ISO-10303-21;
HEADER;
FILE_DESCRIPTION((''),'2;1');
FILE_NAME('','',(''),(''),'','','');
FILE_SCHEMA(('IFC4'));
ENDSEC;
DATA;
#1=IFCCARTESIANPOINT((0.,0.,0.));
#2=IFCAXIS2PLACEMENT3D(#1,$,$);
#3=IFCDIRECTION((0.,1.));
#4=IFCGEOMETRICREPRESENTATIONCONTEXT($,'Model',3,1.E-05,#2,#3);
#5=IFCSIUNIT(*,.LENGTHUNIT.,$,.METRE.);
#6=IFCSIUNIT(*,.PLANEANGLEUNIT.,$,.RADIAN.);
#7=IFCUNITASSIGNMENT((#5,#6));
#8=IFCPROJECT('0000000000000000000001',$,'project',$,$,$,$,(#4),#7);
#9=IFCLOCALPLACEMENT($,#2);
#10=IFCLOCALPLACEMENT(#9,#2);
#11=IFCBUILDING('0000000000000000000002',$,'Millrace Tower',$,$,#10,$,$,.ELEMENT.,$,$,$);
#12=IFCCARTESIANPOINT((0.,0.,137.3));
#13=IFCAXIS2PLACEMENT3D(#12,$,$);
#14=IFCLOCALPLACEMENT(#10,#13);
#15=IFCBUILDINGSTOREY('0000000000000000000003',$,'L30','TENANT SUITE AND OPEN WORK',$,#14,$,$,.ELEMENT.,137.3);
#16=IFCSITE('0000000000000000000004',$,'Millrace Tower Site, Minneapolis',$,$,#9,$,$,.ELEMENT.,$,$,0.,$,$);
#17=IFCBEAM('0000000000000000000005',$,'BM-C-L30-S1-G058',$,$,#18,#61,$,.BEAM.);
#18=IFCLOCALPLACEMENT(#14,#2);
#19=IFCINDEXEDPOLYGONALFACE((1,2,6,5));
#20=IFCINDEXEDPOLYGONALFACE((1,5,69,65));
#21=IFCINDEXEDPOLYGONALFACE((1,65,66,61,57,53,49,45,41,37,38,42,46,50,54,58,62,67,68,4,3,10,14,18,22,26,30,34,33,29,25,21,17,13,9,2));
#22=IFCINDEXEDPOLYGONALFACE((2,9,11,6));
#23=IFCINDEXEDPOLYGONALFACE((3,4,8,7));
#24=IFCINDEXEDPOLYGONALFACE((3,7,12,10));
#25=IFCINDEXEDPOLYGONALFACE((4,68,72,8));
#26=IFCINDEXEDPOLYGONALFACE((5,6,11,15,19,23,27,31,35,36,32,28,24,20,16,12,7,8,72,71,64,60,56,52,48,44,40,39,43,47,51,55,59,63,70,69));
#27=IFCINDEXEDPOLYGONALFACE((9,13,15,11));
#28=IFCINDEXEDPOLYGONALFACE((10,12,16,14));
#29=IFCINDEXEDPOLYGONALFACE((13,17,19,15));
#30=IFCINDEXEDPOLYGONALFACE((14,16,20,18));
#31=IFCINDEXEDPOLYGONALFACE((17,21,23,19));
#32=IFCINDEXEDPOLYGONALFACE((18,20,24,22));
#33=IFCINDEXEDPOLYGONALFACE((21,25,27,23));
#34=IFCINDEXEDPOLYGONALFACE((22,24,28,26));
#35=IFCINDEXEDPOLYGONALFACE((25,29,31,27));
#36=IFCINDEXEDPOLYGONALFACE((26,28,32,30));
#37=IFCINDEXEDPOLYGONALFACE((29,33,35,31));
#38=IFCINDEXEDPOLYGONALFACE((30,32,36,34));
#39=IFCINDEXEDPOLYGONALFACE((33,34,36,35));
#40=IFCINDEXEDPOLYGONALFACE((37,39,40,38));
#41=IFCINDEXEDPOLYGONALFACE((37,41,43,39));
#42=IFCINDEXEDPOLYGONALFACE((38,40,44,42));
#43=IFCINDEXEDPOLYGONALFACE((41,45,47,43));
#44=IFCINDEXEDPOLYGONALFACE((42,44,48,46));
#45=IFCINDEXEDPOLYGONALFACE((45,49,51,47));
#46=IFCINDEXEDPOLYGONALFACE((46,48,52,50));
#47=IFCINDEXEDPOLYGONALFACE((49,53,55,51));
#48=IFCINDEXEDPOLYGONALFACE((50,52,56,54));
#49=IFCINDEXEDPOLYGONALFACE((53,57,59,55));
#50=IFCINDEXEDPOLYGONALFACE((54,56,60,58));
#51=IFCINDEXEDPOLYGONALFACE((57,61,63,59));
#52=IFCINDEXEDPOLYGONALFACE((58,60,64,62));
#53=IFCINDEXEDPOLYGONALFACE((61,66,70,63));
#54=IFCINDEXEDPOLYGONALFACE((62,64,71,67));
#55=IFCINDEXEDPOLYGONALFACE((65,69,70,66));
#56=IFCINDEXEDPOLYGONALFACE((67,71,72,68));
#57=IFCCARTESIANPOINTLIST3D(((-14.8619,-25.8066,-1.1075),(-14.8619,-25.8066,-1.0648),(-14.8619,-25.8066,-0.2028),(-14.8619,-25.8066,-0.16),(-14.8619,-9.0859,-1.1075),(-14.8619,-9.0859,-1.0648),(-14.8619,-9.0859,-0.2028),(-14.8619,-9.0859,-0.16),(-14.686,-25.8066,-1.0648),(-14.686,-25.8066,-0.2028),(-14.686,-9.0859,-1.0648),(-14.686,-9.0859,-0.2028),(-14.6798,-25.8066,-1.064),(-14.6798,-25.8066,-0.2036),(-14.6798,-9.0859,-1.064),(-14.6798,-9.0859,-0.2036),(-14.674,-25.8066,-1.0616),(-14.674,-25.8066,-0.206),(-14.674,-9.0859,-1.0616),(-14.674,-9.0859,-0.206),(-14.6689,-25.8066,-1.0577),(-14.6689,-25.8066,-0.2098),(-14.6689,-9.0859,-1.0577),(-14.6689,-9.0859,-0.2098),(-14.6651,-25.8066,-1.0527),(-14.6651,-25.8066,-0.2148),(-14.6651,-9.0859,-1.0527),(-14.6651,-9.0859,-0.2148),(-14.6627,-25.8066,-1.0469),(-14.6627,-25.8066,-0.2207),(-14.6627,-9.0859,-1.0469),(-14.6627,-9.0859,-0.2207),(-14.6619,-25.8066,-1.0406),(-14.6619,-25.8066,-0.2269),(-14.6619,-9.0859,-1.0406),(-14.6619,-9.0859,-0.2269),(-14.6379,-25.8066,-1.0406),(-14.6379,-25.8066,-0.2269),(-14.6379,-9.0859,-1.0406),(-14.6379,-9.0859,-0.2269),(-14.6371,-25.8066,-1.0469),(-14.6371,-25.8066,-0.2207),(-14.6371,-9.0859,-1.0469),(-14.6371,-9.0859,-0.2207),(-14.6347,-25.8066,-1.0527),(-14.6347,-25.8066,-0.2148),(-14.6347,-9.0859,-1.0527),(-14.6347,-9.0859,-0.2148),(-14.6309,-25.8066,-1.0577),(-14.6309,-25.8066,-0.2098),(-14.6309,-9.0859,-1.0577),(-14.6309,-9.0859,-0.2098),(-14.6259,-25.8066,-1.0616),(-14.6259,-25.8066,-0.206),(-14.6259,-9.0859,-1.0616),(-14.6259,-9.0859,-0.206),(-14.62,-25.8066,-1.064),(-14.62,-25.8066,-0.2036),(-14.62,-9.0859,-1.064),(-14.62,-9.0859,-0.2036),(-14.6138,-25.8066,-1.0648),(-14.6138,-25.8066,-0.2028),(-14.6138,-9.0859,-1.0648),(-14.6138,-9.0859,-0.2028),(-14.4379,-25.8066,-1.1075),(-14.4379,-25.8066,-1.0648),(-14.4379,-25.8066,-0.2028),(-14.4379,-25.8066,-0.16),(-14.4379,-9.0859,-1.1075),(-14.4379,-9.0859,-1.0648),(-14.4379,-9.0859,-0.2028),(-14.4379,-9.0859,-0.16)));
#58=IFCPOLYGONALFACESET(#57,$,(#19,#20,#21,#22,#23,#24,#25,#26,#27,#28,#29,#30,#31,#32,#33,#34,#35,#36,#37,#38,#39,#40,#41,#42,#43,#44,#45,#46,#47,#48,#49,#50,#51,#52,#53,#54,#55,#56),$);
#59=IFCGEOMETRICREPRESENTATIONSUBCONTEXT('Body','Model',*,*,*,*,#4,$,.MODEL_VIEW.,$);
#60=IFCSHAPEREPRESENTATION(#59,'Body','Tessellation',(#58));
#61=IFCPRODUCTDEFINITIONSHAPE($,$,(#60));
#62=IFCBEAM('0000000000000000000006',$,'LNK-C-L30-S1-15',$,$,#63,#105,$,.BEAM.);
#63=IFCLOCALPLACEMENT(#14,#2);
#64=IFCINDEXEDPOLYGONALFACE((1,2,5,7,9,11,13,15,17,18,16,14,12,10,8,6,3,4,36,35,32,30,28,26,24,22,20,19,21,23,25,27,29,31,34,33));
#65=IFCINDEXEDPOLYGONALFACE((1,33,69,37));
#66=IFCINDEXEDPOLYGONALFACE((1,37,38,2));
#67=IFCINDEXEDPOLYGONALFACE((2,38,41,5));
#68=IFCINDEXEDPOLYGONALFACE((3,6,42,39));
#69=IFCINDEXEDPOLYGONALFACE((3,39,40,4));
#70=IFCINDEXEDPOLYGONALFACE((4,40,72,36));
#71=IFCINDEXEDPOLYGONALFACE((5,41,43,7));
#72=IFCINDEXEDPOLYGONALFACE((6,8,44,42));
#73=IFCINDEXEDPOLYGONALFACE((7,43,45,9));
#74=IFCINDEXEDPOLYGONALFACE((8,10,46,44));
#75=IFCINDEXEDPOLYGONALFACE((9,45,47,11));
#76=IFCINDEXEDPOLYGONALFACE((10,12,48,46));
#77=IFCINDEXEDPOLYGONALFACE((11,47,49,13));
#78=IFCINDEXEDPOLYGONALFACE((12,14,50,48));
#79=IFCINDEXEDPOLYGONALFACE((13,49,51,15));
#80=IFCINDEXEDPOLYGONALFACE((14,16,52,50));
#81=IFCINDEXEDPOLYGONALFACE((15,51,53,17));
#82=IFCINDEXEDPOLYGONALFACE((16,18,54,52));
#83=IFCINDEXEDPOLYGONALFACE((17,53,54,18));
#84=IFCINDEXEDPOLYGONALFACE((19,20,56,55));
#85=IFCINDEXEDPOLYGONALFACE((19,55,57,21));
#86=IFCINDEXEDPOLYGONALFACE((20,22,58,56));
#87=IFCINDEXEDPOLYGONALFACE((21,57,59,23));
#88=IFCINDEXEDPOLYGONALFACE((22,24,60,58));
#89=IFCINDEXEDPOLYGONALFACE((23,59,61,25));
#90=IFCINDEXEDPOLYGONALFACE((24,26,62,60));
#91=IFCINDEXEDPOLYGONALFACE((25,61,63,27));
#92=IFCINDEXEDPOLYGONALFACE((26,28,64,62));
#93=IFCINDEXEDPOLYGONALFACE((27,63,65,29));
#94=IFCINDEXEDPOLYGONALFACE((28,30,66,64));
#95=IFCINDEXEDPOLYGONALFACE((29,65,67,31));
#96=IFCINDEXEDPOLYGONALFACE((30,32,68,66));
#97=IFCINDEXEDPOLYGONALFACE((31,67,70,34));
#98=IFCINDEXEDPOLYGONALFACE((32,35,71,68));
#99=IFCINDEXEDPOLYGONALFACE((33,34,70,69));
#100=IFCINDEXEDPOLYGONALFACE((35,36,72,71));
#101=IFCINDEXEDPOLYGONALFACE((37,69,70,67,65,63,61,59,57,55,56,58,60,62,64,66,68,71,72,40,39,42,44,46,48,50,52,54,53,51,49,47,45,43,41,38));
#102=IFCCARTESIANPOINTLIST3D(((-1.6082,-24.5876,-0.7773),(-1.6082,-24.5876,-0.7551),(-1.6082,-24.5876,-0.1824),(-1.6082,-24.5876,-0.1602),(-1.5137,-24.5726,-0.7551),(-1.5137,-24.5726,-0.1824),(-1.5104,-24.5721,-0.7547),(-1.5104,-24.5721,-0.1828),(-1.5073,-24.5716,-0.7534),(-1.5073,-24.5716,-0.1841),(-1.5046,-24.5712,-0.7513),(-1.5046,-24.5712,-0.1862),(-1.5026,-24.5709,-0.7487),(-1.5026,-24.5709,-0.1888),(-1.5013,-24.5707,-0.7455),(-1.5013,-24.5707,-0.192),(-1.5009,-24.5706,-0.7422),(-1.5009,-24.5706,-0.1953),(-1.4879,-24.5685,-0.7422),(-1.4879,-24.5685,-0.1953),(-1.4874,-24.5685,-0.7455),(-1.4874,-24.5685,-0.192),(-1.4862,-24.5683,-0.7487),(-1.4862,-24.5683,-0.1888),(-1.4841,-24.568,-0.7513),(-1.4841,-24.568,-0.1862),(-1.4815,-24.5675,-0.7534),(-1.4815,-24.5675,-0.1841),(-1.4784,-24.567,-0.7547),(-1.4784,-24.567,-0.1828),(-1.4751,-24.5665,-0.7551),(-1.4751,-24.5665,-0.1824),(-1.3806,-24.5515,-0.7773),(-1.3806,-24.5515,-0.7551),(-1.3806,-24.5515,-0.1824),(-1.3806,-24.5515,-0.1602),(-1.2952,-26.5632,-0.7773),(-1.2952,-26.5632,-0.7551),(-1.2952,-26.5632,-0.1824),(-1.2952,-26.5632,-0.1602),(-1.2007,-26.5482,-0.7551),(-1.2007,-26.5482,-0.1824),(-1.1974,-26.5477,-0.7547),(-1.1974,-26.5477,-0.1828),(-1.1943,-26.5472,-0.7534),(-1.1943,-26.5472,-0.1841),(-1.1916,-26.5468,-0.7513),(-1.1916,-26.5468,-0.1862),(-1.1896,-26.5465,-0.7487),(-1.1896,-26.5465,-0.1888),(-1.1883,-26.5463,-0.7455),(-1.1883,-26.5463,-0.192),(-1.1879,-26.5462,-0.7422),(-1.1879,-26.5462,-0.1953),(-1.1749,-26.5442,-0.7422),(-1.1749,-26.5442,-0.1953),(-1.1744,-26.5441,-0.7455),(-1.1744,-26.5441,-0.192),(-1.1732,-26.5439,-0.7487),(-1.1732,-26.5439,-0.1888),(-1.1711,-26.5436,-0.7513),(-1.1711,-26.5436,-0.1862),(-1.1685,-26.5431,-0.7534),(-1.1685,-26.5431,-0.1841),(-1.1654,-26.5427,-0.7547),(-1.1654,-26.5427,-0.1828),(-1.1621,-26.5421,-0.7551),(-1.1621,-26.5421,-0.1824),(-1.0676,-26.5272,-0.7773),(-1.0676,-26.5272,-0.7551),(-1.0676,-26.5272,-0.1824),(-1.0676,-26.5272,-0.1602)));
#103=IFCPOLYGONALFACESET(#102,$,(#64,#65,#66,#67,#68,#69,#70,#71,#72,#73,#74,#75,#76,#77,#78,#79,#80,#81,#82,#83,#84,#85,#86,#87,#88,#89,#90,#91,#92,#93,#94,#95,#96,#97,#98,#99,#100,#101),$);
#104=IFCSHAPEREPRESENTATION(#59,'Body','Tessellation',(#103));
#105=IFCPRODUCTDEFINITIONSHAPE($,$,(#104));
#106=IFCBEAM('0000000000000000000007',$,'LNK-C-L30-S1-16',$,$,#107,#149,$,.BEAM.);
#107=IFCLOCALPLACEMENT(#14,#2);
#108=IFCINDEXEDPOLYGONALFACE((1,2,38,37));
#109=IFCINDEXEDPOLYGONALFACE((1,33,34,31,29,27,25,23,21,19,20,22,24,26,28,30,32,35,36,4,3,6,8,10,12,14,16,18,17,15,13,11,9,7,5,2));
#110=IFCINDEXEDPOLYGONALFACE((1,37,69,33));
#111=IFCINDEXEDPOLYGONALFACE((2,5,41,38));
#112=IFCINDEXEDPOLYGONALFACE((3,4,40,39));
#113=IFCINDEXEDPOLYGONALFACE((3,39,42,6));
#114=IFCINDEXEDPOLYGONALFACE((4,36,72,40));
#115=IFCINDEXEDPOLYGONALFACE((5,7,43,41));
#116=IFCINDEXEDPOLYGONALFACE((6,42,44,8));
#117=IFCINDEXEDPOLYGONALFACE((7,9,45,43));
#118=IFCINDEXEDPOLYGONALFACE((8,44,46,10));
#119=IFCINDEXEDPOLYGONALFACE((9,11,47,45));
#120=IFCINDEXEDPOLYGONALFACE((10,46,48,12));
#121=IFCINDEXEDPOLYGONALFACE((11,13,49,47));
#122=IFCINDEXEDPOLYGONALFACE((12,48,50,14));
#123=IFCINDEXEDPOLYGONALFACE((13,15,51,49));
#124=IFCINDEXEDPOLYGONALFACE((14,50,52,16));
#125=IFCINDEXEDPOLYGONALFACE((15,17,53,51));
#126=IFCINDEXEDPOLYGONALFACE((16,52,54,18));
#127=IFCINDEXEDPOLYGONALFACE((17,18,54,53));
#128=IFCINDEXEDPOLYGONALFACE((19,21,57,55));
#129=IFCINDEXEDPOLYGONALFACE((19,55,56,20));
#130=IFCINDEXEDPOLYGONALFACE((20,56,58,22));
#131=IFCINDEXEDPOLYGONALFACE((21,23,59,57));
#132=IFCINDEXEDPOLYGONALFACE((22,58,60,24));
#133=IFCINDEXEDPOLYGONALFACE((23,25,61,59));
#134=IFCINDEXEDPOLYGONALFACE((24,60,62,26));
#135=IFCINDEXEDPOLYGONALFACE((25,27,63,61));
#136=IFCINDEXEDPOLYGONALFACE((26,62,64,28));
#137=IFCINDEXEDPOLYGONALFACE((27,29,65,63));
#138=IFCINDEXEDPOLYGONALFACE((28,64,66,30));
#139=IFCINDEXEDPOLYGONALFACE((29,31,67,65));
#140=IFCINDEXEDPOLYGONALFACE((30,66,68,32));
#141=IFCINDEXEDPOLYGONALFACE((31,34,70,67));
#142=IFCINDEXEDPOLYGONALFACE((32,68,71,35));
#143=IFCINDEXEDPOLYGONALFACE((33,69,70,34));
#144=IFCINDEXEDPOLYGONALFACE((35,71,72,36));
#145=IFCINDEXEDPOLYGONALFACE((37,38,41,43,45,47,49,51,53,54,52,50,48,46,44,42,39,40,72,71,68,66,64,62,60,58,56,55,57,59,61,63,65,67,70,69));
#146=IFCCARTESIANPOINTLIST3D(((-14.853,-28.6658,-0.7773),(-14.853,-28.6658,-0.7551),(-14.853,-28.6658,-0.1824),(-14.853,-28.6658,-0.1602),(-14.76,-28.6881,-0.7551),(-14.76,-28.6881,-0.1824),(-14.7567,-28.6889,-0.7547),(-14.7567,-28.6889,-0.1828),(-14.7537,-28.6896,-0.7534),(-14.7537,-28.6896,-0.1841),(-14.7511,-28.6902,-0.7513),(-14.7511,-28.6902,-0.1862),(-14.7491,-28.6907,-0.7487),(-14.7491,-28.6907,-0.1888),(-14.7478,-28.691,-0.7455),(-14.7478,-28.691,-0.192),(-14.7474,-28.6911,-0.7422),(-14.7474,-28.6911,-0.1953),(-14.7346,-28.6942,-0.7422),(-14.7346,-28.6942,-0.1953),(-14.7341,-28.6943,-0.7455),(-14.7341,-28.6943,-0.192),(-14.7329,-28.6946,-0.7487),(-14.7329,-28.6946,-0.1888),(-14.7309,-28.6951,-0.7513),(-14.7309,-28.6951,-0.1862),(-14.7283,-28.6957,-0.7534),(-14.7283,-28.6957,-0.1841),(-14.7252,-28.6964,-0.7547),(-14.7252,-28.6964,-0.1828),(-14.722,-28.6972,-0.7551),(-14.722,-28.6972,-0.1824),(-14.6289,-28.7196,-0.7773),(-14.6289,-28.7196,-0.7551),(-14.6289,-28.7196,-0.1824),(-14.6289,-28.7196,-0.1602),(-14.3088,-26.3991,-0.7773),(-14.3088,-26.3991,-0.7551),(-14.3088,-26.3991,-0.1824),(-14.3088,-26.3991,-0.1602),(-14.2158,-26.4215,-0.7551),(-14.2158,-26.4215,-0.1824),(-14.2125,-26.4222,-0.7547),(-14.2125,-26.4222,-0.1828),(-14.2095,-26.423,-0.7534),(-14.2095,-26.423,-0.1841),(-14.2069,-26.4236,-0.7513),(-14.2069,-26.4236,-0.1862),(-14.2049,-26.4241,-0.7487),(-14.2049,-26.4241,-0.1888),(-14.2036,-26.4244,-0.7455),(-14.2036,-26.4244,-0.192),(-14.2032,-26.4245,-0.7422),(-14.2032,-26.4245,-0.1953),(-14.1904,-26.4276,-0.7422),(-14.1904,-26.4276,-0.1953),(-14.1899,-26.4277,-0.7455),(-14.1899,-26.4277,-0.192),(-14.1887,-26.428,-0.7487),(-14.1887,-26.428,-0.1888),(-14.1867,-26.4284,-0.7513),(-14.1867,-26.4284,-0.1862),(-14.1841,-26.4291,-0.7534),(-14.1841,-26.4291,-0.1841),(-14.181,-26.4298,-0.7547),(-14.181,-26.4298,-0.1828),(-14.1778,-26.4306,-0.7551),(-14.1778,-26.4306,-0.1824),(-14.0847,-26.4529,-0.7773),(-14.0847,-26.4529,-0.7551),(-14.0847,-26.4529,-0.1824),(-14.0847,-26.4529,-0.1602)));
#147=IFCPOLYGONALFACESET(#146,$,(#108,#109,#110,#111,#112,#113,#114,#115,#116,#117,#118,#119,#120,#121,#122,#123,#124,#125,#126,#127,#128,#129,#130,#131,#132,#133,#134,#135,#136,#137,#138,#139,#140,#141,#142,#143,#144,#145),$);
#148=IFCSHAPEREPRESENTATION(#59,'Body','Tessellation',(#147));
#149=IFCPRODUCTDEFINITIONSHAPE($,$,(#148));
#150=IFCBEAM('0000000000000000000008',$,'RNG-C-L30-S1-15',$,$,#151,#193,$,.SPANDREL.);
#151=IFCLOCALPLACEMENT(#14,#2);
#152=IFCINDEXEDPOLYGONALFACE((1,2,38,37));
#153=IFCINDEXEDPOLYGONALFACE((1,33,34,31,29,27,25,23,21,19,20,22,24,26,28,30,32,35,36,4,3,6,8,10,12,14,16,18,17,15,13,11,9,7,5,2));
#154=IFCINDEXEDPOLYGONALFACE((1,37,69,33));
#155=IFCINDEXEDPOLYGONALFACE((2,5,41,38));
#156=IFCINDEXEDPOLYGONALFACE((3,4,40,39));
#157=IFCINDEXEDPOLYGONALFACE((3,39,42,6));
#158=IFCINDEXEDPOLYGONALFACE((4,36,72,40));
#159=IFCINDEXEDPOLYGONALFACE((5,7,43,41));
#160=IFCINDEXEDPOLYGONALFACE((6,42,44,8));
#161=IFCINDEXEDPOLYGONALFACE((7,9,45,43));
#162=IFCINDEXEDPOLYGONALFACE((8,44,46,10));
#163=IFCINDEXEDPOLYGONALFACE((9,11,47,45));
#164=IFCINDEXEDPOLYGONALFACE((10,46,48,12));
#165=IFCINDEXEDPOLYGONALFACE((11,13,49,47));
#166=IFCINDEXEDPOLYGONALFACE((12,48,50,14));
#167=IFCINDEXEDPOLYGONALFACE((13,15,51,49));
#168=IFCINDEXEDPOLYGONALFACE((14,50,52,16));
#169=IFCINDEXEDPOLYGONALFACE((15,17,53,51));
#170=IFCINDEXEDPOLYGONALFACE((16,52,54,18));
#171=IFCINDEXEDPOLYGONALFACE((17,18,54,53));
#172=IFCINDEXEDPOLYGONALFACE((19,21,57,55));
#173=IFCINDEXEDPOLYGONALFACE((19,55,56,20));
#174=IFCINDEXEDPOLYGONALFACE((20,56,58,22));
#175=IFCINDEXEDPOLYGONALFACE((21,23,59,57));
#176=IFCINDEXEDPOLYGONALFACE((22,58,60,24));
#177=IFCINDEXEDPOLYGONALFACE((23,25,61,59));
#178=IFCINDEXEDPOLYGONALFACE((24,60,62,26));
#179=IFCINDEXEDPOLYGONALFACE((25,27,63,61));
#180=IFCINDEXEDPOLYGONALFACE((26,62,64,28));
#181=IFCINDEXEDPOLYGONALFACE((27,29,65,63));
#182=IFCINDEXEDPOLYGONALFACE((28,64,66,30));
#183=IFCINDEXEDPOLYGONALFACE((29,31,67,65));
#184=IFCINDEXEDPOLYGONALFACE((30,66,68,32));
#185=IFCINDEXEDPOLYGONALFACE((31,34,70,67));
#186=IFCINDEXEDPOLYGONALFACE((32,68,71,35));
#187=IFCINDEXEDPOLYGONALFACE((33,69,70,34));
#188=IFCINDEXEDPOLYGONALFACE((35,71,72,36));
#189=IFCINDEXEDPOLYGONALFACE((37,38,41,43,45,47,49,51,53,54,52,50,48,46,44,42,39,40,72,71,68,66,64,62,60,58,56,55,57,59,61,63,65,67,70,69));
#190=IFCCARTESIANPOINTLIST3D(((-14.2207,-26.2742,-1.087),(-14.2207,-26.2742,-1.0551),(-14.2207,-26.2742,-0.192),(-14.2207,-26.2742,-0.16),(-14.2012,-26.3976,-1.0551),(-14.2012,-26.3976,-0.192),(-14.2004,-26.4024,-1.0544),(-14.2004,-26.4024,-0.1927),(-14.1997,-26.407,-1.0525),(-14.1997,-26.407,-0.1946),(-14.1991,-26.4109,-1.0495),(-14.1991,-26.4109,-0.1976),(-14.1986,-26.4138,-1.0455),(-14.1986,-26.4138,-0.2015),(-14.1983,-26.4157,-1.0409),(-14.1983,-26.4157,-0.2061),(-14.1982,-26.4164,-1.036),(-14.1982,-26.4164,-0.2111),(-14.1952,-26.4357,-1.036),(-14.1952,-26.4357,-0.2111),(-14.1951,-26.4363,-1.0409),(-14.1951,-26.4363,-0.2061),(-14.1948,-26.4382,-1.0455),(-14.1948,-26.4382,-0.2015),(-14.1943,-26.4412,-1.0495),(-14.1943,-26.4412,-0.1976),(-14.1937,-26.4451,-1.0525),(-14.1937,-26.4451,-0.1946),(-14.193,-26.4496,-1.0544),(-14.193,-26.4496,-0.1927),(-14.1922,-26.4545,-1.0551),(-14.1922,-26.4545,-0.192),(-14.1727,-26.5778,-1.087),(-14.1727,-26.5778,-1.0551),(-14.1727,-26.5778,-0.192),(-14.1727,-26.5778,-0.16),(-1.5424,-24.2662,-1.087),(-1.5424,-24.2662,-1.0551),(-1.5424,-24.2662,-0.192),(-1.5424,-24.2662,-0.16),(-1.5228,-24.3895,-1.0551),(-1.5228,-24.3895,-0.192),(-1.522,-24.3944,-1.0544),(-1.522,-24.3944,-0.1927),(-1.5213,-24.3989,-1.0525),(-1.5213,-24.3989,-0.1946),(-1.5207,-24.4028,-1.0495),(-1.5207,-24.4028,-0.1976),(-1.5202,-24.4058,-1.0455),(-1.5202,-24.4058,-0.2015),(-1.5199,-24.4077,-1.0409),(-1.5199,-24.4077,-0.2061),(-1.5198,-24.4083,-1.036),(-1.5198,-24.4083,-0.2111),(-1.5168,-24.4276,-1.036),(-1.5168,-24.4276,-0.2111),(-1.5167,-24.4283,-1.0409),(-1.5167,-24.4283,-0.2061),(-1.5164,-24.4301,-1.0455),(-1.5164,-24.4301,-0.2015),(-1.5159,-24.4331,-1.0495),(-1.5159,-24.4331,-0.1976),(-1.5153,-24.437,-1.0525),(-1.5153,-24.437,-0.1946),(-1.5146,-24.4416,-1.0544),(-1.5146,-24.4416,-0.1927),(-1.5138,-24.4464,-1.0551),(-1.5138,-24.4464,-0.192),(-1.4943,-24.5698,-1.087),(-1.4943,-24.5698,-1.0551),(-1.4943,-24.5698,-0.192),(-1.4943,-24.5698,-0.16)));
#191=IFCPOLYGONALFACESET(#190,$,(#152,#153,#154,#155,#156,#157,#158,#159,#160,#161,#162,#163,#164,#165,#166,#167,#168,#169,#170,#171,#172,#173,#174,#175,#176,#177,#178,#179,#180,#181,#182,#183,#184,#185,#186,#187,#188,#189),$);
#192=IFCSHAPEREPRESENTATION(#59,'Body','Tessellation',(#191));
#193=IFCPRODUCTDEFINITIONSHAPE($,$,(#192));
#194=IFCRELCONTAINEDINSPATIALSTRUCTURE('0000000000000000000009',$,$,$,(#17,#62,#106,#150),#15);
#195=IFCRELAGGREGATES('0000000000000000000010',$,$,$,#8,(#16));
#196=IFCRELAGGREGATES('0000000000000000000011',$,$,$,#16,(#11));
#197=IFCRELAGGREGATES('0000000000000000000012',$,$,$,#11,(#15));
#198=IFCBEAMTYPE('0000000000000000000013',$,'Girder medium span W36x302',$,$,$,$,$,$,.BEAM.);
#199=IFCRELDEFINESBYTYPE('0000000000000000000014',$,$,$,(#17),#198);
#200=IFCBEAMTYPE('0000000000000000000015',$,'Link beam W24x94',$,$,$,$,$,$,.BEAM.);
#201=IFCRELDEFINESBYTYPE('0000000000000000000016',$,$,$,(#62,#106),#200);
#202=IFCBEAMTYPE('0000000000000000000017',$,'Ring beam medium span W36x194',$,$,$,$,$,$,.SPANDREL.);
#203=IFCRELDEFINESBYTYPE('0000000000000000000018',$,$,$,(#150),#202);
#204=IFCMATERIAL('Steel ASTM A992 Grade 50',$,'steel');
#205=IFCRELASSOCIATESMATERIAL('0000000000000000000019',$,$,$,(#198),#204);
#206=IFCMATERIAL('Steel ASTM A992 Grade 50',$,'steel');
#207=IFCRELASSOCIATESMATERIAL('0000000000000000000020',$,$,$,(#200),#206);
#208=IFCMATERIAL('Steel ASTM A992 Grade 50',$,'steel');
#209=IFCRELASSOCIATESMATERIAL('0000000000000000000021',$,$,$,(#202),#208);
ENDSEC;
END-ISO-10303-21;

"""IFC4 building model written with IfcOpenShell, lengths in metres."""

from ifc_helpers import new_model, si_unit, direction, frame, origin, origin_2d, place, context, subcontext, project, spatial, i_section, extrude, material, material_profile, profile_set, type_object, element, save


model = new_model("IFC4")

# Units and contexts
model_context = context("Model", 3, precision=1e-05, world=origin(), true_north=direction((0.0, 1.0)))
body_context = subcontext(model_context, "Body", "Model", "MODEL_VIEW")
ifc_project = project(units=[si_unit("LENGTHUNIT", "METRE"), si_unit("PLANEANGLEUNIT", "RADIAN")], contexts=[model_context])

# Site, building, storey
site_placement = place(None, origin())
site = spatial("IfcSite", under=ifc_project, at=site_placement, Name="Millrace Tower Site, Minneapolis", CompositionType="ELEMENT", RefElevation=0.0)
building_placement = place(site_placement, origin())
building = spatial("IfcBuilding", under=site, at=building_placement, Name="Millrace Tower", CompositionType="ELEMENT")
storey_placement = place(building_placement, frame((0.0, 0.0, 137.3)))
storey = spatial("IfcBuildingStorey", under=building, at=storey_placement, Name="L30", Description="TENANT SUITE AND OPEN WORK", CompositionType="ELEMENT", Elevation=137.3)

# Beams
ifc_material_1 = material(Name="Steel ASTM A992 Grade 50", Category="steel")
ifc_material_profile_1 = material_profile(ifc_material_1, i_section(OverallWidth=0.4241, OverallDepth=0.9475, WebThickness=0.0239, FlangeThickness=0.0427, FilletRadius=0.0242, at=origin_2d()))
ifc_profile_set_1 = profile_set([ifc_material_profile_1], Name="Steel ASTM A992 Grade 50")
beam_type_1 = type_object("IfcBeamType", Name="Girder medium span W36x302", PredefinedType="BEAM", material=ifc_profile_set_1)
beam_1_placement = place(storey_placement, frame((-14.6499, -25.8066, -0.6338), z_axis=(0.0, 1.0, 0.0), x_axis=(-1.0, 0.0, 0.0)))
element("IfcBeam", 1, at=beam_1_placement, inside=storey, type_object=beam_type_1, Name="BM-C-L30-S1-G058", PredefinedType="BEAM", context=body_context, shape_type="SweptSolid", body=[
    extrude(i_section(OverallWidth=0.4241, OverallDepth=0.9475, WebThickness=0.0239, FlangeThickness=0.0427, FilletRadius=0.0242, at=origin_2d()), origin(), (0.0, 0.0, 1.0), 16.7207),
])
ifc_material_2 = material(Name="Steel ASTM A992 Grade 50", Category="steel")
ifc_material_profile_2 = material_profile(ifc_material_2, i_section(OverallWidth=0.2305, OverallDepth=0.6172, WebThickness=0.0132, FlangeThickness=0.0222, FilletRadius=0.0129, at=origin_2d()))
ifc_profile_set_2 = profile_set([ifc_material_profile_2], Name="Steel ASTM A992 Grade 50")
beam_type_2 = type_object("IfcBeamType", Name="Link beam W24x94", PredefinedType="BEAM", material=ifc_profile_set_2)
beam_2_placement = place(storey_placement, frame((-1.4944, -24.5696, -0.4688), z_axis=(0.156477, -0.987682, 0.0), x_axis=(0.987682, 0.156477, 0.0)))
element("IfcBeam", 2, at=beam_2_placement, inside=storey, type_object=beam_type_2, Name="LNK-C-L30-S1-15", PredefinedType="BEAM", context=body_context, shape_type="SweptSolid", body=[
    extrude(i_section(OverallWidth=0.2305, OverallDepth=0.6172, WebThickness=0.0132, FlangeThickness=0.0222, FilletRadius=0.0129, at=origin_2d()), origin(), (0.0, 0.0, 1.0), 2.0002),
])
beam_3_placement = place(storey_placement, frame((-14.1968, -26.426, -0.4688), z_axis=(-0.233456, -0.972367, 0.0), x_axis=(0.972367, -0.233456, 0.0)))
element("IfcBeam", 3, at=beam_3_placement, inside=storey, type_object=beam_type_2, Name="LNK-C-L30-S1-16", PredefinedType="BEAM", context=body_context, shape_type="SweptSolid", body=[
    extrude(i_section(OverallWidth=0.2305, OverallDepth=0.6172, WebThickness=0.0132, FlangeThickness=0.0222, FilletRadius=0.0129, at=origin_2d()), origin(), (0.0, 0.0, 1.0), 2.3311),
])
ifc_material_3 = material(Name="Steel ASTM A992 Grade 50", Category="steel")
ifc_material_profile_3 = material_profile(ifc_material_3, i_section(OverallWidth=0.3074, OverallDepth=0.927, WebThickness=0.0195, FlangeThickness=0.032, FilletRadius=0.019, at=origin_2d()))
ifc_profile_set_3 = profile_set([ifc_material_profile_3], Name="Steel ASTM A992 Grade 50")
beam_type_3 = type_object("IfcBeamType", Name="Ring beam medium span W36x194", PredefinedType="SPANDREL", material=ifc_profile_set_3)
beam_4_placement = place(storey_placement, frame((-1.5183, -24.418, -0.6235), z_axis=(-0.987689, -0.156433, 0.0), x_axis=(0.156433, -0.987689, 0.0)))
element("IfcBeam", 4, at=beam_4_placement, inside=storey, type_object=beam_type_3, Name="RNG-C-L30-S1-15", PredefinedType="SPANDREL", context=body_context, shape_type="SweptSolid", body=[
    extrude(i_section(OverallWidth=0.3074, OverallDepth=0.927, WebThickness=0.0195, FlangeThickness=0.032, FilletRadius=0.019, at=origin_2d()), origin(), (0.0, 0.0, 1.0), 12.8364),
])

save(model, "model.ifc")
